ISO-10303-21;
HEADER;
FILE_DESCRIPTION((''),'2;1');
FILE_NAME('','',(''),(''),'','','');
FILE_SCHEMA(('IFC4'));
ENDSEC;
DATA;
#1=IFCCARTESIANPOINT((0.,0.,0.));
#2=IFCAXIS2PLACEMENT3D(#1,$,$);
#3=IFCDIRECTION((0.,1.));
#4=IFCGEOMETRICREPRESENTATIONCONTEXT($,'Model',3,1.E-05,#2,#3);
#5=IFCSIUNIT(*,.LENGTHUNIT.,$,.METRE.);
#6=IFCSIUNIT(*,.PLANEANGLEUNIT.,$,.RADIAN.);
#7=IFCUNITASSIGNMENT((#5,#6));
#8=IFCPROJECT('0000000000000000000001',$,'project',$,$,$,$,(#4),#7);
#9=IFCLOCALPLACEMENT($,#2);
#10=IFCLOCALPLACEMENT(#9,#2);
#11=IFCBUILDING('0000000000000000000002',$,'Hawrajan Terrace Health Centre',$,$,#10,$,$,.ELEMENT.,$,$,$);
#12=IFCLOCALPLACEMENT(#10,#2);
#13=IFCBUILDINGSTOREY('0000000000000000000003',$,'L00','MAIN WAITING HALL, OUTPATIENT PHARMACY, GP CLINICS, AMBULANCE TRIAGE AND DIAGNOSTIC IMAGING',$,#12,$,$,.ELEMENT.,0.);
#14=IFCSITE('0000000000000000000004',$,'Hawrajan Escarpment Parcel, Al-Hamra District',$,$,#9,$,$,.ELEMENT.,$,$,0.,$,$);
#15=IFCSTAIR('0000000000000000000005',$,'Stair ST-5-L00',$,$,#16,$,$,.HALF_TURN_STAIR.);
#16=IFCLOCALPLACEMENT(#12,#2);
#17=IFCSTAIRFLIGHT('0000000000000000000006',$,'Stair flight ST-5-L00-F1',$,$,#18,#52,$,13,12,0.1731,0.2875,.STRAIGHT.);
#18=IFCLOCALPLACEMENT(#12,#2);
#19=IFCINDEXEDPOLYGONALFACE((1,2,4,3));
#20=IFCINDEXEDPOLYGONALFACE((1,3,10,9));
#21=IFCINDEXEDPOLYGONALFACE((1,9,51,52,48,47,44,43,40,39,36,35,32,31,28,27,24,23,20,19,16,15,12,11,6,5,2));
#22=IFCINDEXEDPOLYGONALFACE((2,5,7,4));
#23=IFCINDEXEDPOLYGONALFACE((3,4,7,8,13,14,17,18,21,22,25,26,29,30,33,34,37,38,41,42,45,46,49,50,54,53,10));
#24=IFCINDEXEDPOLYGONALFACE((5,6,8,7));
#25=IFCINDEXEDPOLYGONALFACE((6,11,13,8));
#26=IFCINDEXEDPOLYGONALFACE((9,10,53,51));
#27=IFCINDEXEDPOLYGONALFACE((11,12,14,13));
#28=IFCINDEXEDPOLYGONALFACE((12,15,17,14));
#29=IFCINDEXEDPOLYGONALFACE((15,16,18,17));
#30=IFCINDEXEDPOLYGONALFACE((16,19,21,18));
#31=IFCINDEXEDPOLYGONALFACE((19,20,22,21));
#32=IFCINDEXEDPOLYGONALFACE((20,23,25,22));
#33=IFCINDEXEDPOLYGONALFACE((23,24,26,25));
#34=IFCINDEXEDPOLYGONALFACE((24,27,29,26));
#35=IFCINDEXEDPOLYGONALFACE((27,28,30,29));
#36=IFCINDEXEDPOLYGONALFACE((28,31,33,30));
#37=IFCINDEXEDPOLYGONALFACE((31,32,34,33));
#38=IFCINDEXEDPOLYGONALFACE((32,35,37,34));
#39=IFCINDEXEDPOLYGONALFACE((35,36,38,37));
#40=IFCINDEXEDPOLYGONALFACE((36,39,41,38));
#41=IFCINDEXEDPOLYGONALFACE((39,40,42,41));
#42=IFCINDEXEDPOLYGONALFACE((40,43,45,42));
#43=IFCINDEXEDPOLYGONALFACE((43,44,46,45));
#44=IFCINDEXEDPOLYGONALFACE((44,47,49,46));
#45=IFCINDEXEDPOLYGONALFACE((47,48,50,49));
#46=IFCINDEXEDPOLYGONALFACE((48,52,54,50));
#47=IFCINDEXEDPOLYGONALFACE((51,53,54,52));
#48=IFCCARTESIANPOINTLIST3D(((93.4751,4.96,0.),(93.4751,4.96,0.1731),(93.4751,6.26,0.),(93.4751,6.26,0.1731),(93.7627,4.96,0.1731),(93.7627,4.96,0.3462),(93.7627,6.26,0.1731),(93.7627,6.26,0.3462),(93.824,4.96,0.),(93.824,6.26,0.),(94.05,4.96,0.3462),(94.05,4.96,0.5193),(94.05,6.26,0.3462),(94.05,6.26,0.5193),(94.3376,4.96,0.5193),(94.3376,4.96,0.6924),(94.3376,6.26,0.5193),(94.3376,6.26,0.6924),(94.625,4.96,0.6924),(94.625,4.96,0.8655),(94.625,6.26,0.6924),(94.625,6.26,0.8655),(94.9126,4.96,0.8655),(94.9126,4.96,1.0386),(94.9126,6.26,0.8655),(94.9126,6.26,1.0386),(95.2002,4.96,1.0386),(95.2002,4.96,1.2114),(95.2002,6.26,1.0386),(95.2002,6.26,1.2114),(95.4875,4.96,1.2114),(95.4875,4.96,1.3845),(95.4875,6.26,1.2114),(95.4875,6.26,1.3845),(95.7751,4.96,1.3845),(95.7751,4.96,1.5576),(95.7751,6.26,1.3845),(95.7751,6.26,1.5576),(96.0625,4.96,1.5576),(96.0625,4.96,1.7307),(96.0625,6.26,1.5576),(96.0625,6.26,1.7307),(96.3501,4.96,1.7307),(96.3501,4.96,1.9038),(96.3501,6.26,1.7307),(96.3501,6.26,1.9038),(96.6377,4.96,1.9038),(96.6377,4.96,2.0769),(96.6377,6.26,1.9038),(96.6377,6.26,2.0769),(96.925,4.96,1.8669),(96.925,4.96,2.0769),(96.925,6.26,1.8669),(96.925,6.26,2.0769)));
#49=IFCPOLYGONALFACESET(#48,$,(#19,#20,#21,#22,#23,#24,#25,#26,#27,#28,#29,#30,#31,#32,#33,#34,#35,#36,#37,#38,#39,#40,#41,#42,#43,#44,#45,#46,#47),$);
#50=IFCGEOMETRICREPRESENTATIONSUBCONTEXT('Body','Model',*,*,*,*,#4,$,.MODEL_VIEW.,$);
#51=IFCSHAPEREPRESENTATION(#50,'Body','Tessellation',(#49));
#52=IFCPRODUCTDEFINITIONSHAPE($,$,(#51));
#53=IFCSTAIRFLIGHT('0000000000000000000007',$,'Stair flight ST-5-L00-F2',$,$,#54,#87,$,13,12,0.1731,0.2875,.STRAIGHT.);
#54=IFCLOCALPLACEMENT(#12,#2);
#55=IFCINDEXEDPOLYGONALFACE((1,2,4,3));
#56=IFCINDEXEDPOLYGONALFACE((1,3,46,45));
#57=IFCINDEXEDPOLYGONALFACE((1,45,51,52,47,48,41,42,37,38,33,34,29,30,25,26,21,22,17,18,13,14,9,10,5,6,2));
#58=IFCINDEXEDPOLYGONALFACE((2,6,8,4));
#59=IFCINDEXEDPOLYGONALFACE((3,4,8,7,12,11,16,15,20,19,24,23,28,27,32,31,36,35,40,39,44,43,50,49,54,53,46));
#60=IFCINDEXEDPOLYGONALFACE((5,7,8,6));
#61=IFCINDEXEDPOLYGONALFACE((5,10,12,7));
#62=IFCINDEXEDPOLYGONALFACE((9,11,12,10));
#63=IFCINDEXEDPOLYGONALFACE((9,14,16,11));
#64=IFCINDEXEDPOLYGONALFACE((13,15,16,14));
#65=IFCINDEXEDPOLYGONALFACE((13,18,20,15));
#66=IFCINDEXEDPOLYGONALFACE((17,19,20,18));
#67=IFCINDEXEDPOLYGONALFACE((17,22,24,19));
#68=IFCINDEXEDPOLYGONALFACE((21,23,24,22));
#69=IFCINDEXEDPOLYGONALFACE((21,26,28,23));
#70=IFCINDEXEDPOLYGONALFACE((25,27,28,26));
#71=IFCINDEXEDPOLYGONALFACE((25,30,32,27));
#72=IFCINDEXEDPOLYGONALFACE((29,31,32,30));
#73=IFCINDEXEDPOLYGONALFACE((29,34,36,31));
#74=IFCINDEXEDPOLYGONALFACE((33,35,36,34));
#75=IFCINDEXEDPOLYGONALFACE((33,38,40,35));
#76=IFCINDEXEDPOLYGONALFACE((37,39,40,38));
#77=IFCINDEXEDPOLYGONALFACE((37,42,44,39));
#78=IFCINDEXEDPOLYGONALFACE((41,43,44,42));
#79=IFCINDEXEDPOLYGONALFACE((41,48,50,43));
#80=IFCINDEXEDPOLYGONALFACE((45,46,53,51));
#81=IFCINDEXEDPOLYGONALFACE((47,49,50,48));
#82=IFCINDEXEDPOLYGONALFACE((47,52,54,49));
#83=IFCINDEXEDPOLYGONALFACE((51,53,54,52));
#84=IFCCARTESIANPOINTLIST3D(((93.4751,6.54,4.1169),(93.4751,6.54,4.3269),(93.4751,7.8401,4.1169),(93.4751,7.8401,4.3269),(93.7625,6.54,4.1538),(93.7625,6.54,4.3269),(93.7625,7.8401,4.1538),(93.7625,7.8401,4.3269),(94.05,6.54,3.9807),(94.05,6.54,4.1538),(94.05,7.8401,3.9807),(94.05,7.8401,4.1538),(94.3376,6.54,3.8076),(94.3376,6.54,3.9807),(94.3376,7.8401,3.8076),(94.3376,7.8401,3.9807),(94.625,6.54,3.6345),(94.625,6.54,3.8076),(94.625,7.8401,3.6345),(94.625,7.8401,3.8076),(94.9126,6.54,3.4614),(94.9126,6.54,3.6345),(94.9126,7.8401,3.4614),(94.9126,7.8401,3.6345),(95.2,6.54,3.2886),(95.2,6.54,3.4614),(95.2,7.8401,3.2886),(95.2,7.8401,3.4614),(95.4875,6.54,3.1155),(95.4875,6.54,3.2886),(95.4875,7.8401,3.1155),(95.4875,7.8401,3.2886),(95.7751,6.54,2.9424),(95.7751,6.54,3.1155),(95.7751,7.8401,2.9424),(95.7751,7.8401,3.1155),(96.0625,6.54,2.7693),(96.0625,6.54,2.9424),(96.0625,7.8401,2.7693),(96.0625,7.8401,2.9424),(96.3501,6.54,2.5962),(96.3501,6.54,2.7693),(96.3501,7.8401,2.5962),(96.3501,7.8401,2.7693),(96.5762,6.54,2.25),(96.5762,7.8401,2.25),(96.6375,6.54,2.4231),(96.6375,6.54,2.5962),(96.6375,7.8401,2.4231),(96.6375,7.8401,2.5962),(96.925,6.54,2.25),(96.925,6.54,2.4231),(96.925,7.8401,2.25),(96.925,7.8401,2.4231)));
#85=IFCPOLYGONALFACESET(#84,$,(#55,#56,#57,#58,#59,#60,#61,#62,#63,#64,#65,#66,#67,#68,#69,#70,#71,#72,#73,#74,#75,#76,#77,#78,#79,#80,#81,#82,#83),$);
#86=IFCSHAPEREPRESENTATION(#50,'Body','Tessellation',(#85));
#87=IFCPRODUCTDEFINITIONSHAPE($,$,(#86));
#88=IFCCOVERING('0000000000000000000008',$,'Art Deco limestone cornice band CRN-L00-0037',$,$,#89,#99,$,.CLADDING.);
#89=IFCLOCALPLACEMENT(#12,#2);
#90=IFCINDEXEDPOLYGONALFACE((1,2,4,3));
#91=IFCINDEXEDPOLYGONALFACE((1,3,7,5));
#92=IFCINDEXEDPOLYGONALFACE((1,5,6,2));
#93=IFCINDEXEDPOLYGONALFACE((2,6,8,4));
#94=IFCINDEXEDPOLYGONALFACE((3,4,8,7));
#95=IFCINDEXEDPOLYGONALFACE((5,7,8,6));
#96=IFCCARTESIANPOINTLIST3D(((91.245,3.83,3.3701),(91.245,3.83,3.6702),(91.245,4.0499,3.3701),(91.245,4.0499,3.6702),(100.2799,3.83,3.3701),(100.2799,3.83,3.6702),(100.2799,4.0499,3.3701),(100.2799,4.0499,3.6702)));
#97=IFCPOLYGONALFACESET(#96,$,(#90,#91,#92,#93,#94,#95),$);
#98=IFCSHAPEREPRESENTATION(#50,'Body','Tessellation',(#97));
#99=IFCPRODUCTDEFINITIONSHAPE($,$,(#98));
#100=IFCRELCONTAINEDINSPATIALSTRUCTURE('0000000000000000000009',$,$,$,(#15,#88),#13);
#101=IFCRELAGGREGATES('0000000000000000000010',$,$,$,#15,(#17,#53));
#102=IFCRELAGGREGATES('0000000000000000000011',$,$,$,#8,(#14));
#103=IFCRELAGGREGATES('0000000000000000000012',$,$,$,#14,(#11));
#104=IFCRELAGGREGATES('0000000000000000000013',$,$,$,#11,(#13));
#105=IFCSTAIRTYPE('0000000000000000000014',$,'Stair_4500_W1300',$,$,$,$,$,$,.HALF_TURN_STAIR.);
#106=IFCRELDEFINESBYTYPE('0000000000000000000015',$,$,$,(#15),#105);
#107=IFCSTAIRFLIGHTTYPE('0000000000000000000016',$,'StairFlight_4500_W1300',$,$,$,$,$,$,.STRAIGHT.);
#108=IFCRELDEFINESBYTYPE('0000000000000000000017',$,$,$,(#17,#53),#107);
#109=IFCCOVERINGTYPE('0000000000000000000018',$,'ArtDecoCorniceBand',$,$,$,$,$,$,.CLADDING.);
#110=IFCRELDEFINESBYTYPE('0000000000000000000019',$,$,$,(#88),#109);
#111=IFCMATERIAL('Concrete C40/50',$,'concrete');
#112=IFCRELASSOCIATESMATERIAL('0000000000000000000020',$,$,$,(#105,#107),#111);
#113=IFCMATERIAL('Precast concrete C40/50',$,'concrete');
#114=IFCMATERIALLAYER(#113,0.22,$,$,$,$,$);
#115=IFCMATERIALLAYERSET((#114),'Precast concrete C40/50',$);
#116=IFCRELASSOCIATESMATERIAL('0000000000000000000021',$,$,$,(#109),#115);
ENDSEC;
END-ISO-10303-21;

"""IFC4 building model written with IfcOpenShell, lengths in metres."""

from ifc_helpers import new_model, si_unit, direction, frame, origin, origin_2d, place, context, subcontext, project, spatial, polyline, rectangle, outline, extrude, material, layer, layer_set, type_object, element, aggregate, save


model = new_model("IFC4")

# Units and contexts
model_context = context("Model", 3, precision=1e-05, world=origin(), true_north=direction((0.0, 1.0)))
body_context = subcontext(model_context, "Body", "Model", "MODEL_VIEW")
ifc_project = project(units=[si_unit("LENGTHUNIT", "METRE"), si_unit("PLANEANGLEUNIT", "RADIAN")], contexts=[model_context])

# Site, building, storey
site_placement = place(None, origin())
site = spatial("IfcSite", under=ifc_project, at=site_placement, Name="Hawrajan Escarpment Parcel, Al-Hamra District", CompositionType="ELEMENT", RefElevation=0.0)
building_placement = place(site_placement, origin())
building = spatial("IfcBuilding", under=site, at=building_placement, Name="Hawrajan Terrace Health Centre", CompositionType="ELEMENT")
storey_placement = place(building_placement, origin())
storey = spatial("IfcBuildingStorey", under=building, at=storey_placement, Name="L00", Description="MAIN WAITING HALL, OUTPATIENT PHARMACY, GP CLINICS, AMBULANCE TRIAGE AND DIAGNOSTIC IMAGING", CompositionType="ELEMENT", Elevation=0.0)

# Shared definitions
ifc_material_1 = material(Name="Concrete C40/50", Category="concrete")

# Stair, stair flights
stair_type = type_object("IfcStairType", Name="Stair_4500_W1300", PredefinedType="HALF_TURN_STAIR", material=ifc_material_1)
stair_placement = place(storey_placement, origin())
stair = element("IfcStair", 1, at=stair_placement, inside=storey, type_object=stair_type, Name="Stair ST-5-L00", PredefinedType="HALF_TURN_STAIR")
stair_flight_type = type_object("IfcStairFlightType", Name="StairFlight_4500_W1300", PredefinedType="STRAIGHT", material=ifc_material_1)
stair_flight_1_placement = place(storey_placement, frame((93.4751, 5.6101, 0.0), z_axis=(0.0, 0.0, 1.0), x_axis=(1.0, 0.0, 0.0)))
stair_flight_1 = element("IfcStairFlight", 2, at=stair_flight_1_placement, type_object=stair_flight_type, Name="Stair flight ST-5-L00-F1", NumberOfRisers=13, NumberOfTreads=12, PredefinedType="STRAIGHT", RiserHeight=0.1731, TreadLength=0.2875, context=body_context, shape_type="SweptSolid", body=[
    extrude(outline(polyline([(0.0, 0.0), (0.0, 0.1731), (0.2876, 0.1731), (0.2876, 0.3462), (0.575, 0.3462), (0.575, 0.5193), (0.8625, 0.5193), (0.8625, 0.6924), (1.1499, 0.6924), (1.1499, 0.8655), (1.4375, 0.8655), (1.4375, 1.0386), (1.7251, 1.0386), (1.7251, 1.2114), (2.0125, 1.2114), (2.0125, 1.3845), (2.3, 1.3845), (2.3, 1.5576), (2.5874, 1.5576), (2.5874, 1.7307), (2.875, 1.7307), (2.875, 1.9038), (3.1626, 1.9038), (3.1626, 2.0769), (3.45, 2.0769), (3.45, 2.25), (3.45, 1.8669), (0.3489, 0.0), (0.0, 0.0)])), frame((0.0, 0.6499, 0.0), z_axis=(0.0, -1.0, 0.0), x_axis=(1.0, 0.0, 0.0)), (0.0, 0.0, 1.0), 1.3),
])
stair_flight_2_placement = place(storey_placement, frame((96.925, 7.1899, 2.25), z_axis=(0.0, 0.0, 1.0), x_axis=(-1.0, 0.0, 0.0)))
stair_flight_2 = element("IfcStairFlight", 3, at=stair_flight_2_placement, type_object=stair_flight_type, Name="Stair flight ST-5-L00-F2", NumberOfRisers=13, NumberOfTreads=12, PredefinedType="STRAIGHT", RiserHeight=0.1731, TreadLength=0.2875, context=body_context, shape_type="SweptSolid", body=[
    extrude(outline(polyline([(0.0, 0.0), (0.0, 0.1731), (0.2876, 0.1731), (0.2876, 0.3462), (0.575, 0.3462), (0.575, 0.5193), (0.8625, 0.5193), (0.8625, 0.6924), (1.1499, 0.6924), (1.1499, 0.8655), (1.4375, 0.8655), (1.4375, 1.0386), (1.7251, 1.0386), (1.7251, 1.2114), (2.0125, 1.2114), (2.0125, 1.3845), (2.3, 1.3845), (2.3, 1.5576), (2.5874, 1.5576), (2.5874, 1.7307), (2.875, 1.7307), (2.875, 1.9038), (3.1626, 1.9038), (3.1626, 2.0769), (3.45, 2.0769), (3.45, 2.25), (3.45, 1.8669), (0.3489, 0.0), (0.0, 0.0)])), frame((0.0, 0.6499, 0.0), z_axis=(0.0, -1.0, 0.0), x_axis=(1.0, 0.0, 0.0)), (0.0, 0.0, 1.0), 1.3),
])
aggregate(stair, [stair_flight_1, stair_flight_2])

# Covering
ifc_material_2 = material(Name="Precast concrete C40/50", Category="concrete")
ifc_layer_1 = layer(ifc_material_2, 0.22)
ifc_layer_set_1 = layer_set([ifc_layer_1], Name="Precast concrete C40/50")
covering_type = type_object("IfcCoveringType", Name="ArtDecoCorniceBand", PredefinedType="CLADDING", material=ifc_layer_set_1)
covering_placement = place(storey_placement, frame((95.7625, 3.9399, 3.3701), z_axis=(0.0, 0.0, 1.0), x_axis=(1.0, 0.0, 0.0)))
element("IfcCovering", 4, at=covering_placement, inside=storey, type_object=covering_type, Name="Art Deco limestone cornice band CRN-L00-0037", PredefinedType="CLADDING", context=body_context, shape_type="SweptSolid", body=[
    extrude(rectangle(XDim=9.0349, YDim=0.22, at=origin_2d()), origin(), (0.0, 0.0, 1.0), 0.3),
])

save(model, "model.ifc")
